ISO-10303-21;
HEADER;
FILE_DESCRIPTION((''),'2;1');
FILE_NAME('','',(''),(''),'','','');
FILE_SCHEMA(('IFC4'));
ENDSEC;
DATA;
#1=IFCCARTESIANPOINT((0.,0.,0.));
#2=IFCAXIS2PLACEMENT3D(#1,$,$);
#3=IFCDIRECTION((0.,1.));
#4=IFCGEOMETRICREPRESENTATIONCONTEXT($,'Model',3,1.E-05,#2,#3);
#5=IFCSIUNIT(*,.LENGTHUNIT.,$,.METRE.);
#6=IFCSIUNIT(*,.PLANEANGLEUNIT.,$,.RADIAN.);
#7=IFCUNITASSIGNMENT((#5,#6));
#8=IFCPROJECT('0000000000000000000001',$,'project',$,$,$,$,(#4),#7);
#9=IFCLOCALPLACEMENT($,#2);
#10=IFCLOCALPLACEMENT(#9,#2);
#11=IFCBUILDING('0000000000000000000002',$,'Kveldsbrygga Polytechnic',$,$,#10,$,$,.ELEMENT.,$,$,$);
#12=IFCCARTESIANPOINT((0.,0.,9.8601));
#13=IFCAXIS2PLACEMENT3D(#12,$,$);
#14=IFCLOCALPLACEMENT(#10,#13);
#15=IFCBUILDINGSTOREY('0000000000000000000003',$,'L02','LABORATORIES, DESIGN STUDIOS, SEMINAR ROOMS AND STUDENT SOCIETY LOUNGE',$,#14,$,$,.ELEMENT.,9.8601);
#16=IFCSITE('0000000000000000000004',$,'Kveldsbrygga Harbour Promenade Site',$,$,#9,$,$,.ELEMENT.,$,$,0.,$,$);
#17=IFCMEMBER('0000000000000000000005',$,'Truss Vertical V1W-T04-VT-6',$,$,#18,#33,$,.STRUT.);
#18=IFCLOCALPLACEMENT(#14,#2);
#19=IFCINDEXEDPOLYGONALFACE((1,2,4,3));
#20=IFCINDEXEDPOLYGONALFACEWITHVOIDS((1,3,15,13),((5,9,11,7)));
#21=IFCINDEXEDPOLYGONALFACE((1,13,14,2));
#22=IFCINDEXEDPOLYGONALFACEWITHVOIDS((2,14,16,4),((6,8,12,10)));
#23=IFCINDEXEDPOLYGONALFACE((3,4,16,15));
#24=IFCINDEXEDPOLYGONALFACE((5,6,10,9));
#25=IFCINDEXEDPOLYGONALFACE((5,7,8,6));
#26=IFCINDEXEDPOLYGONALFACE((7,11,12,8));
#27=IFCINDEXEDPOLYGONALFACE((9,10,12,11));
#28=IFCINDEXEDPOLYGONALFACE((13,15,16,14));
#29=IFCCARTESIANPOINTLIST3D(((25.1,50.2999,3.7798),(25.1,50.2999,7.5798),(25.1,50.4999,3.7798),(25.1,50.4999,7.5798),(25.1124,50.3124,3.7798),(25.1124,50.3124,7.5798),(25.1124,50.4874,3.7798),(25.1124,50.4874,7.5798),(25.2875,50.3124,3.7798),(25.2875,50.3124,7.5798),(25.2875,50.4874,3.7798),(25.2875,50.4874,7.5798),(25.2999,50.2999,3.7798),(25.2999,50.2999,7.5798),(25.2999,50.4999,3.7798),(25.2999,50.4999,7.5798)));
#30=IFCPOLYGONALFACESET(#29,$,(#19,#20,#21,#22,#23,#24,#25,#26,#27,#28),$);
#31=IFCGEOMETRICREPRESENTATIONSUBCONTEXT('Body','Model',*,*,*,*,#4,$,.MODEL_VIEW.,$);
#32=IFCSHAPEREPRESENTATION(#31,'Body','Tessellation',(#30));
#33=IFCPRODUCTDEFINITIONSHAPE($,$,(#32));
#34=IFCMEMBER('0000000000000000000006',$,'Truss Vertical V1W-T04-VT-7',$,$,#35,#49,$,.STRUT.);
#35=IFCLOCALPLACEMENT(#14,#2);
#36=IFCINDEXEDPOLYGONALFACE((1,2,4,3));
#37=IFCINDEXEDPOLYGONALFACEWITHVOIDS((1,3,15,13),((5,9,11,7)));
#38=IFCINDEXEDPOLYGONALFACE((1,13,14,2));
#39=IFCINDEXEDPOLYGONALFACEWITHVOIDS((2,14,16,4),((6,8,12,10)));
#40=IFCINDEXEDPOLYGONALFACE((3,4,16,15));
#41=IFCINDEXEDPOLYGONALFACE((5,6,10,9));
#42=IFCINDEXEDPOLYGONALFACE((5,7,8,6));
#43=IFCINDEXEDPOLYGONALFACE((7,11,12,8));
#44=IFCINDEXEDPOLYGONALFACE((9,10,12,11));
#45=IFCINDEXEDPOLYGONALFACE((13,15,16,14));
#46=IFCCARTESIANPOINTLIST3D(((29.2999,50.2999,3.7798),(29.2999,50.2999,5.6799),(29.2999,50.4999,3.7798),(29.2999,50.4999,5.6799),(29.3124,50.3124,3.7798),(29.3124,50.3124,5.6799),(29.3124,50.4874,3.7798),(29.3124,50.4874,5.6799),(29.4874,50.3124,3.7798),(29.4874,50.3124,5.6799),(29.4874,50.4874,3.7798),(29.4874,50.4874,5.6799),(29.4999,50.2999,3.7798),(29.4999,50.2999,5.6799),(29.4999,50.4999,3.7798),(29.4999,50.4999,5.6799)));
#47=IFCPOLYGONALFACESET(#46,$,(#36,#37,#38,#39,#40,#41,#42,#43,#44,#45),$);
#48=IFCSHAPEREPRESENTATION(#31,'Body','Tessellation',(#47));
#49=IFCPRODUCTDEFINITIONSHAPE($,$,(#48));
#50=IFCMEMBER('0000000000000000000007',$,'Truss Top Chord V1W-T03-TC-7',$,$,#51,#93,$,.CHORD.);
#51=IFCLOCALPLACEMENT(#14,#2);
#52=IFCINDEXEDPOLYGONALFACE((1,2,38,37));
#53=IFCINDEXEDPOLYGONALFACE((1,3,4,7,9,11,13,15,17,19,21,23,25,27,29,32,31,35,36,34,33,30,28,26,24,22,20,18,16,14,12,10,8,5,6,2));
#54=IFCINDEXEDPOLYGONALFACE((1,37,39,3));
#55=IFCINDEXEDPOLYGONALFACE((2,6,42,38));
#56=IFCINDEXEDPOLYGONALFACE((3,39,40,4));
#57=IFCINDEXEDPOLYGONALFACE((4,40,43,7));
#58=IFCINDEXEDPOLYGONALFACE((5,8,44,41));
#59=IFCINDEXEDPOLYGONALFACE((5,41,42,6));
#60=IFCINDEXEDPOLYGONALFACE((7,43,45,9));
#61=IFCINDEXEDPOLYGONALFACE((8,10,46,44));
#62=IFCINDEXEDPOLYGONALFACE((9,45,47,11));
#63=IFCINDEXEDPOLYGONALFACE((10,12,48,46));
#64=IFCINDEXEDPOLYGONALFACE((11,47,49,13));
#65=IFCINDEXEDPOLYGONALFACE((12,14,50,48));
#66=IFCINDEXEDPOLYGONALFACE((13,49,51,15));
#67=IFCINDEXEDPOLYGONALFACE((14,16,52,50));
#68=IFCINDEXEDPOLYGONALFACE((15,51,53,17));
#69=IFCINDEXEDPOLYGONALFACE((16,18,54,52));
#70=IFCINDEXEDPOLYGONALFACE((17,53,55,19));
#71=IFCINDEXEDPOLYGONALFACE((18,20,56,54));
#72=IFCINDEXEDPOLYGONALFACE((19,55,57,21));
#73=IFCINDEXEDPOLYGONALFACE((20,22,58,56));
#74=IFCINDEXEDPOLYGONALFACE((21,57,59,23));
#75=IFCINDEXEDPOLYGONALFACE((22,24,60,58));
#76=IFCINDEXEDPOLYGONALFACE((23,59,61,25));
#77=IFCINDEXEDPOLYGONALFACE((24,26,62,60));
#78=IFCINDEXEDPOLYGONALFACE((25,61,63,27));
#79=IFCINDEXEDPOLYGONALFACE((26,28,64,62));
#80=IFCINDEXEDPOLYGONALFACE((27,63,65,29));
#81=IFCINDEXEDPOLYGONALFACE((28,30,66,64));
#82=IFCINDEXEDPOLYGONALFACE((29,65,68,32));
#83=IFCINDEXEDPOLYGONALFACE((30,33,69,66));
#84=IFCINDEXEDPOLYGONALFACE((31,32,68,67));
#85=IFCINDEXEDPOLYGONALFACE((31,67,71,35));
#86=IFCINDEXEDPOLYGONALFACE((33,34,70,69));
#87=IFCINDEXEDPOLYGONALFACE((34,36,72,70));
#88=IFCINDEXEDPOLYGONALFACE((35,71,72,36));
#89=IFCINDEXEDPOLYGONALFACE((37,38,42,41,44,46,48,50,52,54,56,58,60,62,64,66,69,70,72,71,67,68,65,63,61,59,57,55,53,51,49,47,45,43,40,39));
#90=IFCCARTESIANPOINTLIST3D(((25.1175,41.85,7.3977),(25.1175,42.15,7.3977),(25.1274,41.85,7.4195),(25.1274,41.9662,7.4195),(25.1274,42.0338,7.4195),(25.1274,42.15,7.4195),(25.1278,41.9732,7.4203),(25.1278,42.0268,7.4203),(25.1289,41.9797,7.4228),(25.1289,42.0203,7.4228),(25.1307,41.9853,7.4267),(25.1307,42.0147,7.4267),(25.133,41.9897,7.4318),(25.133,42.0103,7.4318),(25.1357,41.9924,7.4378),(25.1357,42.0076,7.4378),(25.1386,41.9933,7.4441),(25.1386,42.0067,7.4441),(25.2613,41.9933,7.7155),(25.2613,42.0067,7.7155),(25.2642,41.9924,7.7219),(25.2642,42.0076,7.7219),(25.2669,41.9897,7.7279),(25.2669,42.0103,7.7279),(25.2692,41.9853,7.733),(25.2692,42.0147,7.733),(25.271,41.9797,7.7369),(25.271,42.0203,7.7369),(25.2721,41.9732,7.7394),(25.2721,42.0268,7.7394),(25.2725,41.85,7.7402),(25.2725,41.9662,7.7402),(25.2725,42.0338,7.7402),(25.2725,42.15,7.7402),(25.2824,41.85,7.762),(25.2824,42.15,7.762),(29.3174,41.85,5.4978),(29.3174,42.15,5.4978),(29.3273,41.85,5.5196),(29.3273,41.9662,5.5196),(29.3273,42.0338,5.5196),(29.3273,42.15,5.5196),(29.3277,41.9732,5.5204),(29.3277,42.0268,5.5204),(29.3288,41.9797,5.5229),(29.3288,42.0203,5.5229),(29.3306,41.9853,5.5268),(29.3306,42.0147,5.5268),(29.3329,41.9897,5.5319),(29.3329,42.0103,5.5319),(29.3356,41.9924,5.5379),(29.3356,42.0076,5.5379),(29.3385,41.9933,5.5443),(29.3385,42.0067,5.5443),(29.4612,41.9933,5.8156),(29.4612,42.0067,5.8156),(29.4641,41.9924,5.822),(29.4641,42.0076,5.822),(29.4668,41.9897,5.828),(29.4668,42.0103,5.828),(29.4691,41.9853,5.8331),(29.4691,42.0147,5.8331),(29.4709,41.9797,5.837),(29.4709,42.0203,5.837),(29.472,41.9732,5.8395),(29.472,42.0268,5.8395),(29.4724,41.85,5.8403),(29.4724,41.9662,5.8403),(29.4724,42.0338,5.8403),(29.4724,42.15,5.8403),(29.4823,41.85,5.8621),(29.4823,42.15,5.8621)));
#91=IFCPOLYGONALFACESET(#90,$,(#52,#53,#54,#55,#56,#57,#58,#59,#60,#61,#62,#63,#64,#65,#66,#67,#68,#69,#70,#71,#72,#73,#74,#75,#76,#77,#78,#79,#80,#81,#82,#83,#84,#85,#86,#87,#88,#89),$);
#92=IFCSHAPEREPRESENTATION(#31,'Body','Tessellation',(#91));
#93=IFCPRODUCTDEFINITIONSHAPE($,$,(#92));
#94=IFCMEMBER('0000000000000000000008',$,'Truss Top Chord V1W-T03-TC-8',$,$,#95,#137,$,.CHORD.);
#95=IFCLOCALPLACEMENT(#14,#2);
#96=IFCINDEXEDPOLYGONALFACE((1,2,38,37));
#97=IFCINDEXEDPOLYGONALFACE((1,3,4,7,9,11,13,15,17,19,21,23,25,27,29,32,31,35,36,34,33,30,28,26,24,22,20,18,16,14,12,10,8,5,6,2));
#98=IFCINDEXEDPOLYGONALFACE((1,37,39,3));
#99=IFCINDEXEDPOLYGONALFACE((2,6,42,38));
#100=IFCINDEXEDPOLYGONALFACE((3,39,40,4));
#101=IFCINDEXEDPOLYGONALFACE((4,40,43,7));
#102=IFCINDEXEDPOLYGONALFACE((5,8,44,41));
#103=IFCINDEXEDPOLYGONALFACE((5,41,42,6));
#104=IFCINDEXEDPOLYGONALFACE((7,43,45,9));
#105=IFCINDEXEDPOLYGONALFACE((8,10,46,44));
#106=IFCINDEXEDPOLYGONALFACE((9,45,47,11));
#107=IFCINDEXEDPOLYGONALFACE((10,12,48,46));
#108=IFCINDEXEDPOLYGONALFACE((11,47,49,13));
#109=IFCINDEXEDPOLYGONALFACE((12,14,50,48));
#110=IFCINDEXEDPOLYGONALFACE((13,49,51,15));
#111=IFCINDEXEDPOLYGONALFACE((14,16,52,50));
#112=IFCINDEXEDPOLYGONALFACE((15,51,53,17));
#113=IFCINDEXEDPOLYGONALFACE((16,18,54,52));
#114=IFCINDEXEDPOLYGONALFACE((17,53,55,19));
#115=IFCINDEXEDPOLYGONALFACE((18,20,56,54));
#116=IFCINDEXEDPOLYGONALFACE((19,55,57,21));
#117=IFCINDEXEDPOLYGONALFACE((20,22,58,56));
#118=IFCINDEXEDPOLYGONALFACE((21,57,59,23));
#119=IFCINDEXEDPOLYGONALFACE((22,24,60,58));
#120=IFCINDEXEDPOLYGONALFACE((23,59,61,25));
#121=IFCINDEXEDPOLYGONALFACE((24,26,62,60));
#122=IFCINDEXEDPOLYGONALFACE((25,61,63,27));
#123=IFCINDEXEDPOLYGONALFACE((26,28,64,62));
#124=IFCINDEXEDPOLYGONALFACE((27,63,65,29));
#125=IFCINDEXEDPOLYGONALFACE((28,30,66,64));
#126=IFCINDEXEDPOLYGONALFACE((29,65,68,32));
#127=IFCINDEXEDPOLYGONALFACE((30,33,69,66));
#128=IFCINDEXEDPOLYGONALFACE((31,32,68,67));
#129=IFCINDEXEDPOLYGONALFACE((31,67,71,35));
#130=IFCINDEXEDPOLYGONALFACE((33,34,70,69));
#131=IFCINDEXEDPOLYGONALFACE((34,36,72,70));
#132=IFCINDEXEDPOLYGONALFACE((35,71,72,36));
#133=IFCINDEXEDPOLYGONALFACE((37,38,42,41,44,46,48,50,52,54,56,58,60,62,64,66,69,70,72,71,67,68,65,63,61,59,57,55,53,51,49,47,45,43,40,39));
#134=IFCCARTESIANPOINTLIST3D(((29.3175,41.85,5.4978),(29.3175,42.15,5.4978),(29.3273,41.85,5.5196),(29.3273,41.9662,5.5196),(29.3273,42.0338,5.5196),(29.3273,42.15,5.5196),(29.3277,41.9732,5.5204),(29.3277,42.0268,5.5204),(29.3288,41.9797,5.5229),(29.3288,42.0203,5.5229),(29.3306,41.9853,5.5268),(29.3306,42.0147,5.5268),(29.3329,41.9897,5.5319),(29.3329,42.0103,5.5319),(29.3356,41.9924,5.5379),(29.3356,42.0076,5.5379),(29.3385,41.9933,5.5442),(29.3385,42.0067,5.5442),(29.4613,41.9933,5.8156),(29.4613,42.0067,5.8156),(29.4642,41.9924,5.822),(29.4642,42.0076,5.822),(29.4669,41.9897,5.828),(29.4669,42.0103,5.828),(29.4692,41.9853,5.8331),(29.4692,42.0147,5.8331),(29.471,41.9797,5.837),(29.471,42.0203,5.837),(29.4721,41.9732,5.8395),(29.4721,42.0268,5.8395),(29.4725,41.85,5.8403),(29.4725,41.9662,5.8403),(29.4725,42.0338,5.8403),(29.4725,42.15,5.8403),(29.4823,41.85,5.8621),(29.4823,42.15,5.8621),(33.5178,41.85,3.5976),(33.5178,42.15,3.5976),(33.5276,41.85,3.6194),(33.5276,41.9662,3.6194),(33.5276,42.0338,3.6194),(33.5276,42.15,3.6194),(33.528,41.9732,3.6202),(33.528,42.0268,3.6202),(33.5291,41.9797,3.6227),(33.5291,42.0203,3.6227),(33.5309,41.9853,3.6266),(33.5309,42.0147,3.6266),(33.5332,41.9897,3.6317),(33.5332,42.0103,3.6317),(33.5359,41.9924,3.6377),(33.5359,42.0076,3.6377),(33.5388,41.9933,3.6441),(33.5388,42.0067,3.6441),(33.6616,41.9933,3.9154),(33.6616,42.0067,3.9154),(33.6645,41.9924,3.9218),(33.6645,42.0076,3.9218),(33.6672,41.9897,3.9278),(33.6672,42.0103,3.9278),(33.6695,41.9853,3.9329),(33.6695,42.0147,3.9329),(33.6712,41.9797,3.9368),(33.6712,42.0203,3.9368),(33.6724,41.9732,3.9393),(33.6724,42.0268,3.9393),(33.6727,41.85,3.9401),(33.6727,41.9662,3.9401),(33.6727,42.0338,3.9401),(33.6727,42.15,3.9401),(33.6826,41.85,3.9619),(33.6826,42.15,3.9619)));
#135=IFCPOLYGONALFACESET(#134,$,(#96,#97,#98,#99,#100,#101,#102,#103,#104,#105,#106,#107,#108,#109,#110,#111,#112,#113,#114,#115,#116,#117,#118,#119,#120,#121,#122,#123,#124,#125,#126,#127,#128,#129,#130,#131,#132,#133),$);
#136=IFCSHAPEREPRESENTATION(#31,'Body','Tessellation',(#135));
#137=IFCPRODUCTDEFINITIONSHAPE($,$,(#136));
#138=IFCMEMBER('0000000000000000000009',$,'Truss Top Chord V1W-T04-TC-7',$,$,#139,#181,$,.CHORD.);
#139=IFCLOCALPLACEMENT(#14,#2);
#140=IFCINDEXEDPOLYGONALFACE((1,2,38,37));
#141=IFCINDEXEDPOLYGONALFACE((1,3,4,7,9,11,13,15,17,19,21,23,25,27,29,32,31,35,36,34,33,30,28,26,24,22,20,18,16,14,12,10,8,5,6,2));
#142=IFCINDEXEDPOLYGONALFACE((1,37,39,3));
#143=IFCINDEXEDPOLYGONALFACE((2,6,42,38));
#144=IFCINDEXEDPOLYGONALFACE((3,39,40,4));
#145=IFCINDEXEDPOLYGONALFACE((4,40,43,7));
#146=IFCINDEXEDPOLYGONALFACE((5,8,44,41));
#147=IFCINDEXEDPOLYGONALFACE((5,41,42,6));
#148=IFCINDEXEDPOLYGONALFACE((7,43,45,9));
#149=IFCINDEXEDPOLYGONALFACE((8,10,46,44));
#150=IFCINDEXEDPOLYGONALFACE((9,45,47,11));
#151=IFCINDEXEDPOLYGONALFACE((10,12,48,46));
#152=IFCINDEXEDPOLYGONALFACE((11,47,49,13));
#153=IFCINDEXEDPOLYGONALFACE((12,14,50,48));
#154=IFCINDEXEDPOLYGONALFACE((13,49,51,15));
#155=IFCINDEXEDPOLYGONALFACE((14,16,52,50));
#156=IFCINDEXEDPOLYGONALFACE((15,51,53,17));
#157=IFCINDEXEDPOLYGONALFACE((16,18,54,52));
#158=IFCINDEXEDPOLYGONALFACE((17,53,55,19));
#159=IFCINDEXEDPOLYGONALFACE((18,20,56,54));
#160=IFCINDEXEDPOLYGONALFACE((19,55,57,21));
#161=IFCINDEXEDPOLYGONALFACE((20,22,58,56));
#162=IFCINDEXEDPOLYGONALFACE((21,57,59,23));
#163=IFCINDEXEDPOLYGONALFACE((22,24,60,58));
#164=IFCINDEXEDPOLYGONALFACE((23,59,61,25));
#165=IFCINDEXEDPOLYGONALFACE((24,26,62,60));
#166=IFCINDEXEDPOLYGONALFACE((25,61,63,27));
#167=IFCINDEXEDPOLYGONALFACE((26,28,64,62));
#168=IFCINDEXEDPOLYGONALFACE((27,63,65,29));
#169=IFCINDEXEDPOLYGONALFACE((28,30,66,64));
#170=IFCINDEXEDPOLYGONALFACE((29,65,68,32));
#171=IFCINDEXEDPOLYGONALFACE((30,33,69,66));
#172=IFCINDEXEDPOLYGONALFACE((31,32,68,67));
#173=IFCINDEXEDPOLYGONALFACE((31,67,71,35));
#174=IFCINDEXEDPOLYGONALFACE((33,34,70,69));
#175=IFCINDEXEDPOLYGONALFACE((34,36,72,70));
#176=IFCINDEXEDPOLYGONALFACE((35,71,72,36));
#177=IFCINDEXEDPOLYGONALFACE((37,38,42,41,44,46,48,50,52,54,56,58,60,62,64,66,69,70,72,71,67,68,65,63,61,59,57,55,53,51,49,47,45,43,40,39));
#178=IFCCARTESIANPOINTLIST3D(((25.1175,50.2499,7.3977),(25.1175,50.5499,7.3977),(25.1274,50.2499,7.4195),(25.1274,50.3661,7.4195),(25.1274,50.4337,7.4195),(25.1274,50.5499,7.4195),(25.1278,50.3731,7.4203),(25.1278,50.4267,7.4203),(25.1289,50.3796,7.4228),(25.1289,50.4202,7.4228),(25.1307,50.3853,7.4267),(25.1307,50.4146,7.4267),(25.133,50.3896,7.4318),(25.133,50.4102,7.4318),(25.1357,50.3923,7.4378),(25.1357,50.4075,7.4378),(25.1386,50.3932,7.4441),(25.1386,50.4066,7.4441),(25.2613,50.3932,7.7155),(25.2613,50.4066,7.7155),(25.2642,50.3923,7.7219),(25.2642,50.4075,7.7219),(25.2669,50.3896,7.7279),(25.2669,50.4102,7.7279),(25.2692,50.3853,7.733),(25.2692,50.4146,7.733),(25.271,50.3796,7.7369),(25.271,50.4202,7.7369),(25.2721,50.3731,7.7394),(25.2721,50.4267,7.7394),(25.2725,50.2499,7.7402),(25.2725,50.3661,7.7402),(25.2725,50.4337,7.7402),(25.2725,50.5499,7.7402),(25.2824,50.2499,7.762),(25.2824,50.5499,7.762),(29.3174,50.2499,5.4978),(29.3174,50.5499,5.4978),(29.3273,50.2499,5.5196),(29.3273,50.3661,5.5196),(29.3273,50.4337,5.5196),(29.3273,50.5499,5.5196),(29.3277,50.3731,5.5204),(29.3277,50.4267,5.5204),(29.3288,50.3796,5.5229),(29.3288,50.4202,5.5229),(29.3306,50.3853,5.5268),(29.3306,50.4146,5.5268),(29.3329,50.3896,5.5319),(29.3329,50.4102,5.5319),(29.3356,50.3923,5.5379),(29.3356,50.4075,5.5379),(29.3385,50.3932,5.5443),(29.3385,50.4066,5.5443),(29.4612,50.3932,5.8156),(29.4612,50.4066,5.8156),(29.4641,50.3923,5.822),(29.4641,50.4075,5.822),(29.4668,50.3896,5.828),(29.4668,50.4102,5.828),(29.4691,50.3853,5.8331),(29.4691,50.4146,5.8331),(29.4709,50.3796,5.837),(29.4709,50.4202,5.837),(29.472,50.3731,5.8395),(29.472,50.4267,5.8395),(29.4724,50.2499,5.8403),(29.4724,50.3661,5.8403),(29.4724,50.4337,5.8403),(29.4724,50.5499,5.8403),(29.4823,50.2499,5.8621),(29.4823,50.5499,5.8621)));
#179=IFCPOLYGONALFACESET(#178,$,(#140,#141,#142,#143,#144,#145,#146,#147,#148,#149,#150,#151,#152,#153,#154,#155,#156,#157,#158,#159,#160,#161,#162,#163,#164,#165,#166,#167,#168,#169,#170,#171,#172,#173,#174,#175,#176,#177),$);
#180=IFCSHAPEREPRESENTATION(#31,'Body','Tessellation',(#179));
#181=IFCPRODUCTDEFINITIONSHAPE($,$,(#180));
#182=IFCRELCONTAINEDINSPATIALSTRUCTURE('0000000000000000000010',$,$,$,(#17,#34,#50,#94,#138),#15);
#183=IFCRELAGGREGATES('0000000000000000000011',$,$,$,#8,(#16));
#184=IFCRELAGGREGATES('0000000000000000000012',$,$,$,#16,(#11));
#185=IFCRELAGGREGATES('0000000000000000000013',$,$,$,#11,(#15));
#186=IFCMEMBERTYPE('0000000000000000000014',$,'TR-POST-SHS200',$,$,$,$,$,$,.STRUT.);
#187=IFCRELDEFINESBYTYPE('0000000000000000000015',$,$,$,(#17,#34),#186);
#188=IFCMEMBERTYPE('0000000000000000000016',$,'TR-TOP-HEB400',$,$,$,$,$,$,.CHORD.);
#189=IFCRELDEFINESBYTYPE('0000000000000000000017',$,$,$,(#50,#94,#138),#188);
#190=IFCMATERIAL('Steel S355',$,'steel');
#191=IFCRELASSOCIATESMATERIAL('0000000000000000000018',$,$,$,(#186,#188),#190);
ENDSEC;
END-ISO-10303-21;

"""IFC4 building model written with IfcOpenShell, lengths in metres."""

from ifc_helpers import new_model, si_unit, direction, frame, origin, origin_2d, place, context, subcontext, project, spatial, hollow_rectangle, i_section, extrude, material, material_profile, profile_set, type_object, element, save


model = new_model("IFC4")

# Units and contexts
model_context = context("Model", 3, precision=1e-05, world=origin(), true_north=direction((0.0, 1.0)))
body_context = subcontext(model_context, "Body", "Model", "MODEL_VIEW")
ifc_project = project(units=[si_unit("LENGTHUNIT", "METRE"), si_unit("PLANEANGLEUNIT", "RADIAN")], contexts=[model_context])

# Site, building, storey
site_placement = place(None, origin())
site = spatial("IfcSite", under=ifc_project, at=site_placement, Name="Kveldsbrygga Harbour Promenade Site", CompositionType="ELEMENT", RefElevation=0.0)
building_placement = place(site_placement, origin())
building = spatial("IfcBuilding", under=site, at=building_placement, Name="Kveldsbrygga Polytechnic", CompositionType="ELEMENT")
storey_placement = place(building_placement, frame((0.0, 0.0, 9.8601)))
storey = spatial("IfcBuildingStorey", under=building, at=storey_placement, Name="L02", Description="LABORATORIES, DESIGN STUDIOS, SEMINAR ROOMS AND STUDENT SOCIETY LOUNGE", CompositionType="ELEMENT", Elevation=9.8601)

# Members
ifc_material = material(Name="Steel S355", Category="steel")
ifc_material_profile_1 = material_profile(ifc_material, hollow_rectangle(XDim=0.2, YDim=0.2, WallThickness=0.0125, at=origin_2d()), Name="SHS 200x200x12.5")
ifc_profile_set_1 = profile_set([ifc_material_profile_1], Name="Steel S355")
member_type_1 = type_object("IfcMemberType", Name="TR-POST-SHS200", PredefinedType="STRUT", material=ifc_profile_set_1)
member_1_placement = place(storey_placement, frame((25.2, 50.3999, 3.7798), z_axis=(0.0, 0.0, 1.0), x_axis=(1.0, 0.0, 0.0)))
element("IfcMember", 1, at=member_1_placement, inside=storey, type_object=member_type_1, Name="Truss Vertical V1W-T04-VT-6", PredefinedType="STRUT", context=body_context, shape_type="SweptSolid", body=[
    extrude(hollow_rectangle(XDim=0.2, YDim=0.2, WallThickness=0.0125, at=origin_2d()), origin(), (0.0, 0.0, 1.0), 3.8),
])
member_2_placement = place(storey_placement, frame((29.3999, 50.3999, 3.7798), z_axis=(0.0, 0.0, 1.0), x_axis=(1.0, 0.0, 0.0)))
element("IfcMember", 2, at=member_2_placement, inside=storey, type_object=member_type_1, Name="Truss Vertical V1W-T04-VT-7", PredefinedType="STRUT", context=body_context, shape_type="SweptSolid", body=[
    extrude(hollow_rectangle(XDim=0.2, YDim=0.2, WallThickness=0.0125, at=origin_2d()), origin(), (0.0, 0.0, 1.0), 1.9001),
])
ifc_material_profile_2 = material_profile(ifc_material, i_section(OverallWidth=0.3, OverallDepth=0.3999, WebThickness=0.0134, FlangeThickness=0.0239, FilletRadius=0.0271, at=origin_2d()), Name="HEB 400")
ifc_profile_set_2 = profile_set([ifc_material_profile_2], Name="Steel S355")
member_type_2 = type_object("IfcMemberType", Name="TR-TOP-HEB400", PredefinedType="CHORD", material=ifc_profile_set_2)
member_3_placement = place(storey_placement, frame((25.2, 42.0, 7.5798), z_axis=(0.911114, 0.0, -0.412154), x_axis=(0.0, 1.0, 0.0)))
element("IfcMember", 3, at=member_3_placement, inside=storey, type_object=member_type_2, Name="Truss Top Chord V1W-T03-TC-7", PredefinedType="CHORD", context=body_context, shape_type="SweptSolid", body=[
    extrude(i_section(OverallWidth=0.3, OverallDepth=0.3999, WebThickness=0.0134, FlangeThickness=0.0239, FilletRadius=0.0271, at=origin_2d()), origin(), (0.0, 0.0, 1.0), 4.6096),
])
member_4_placement = place(storey_placement, frame((29.3999, 42.0, 5.6799), z_axis=(0.911103, 0.0, -0.412178), x_axis=(0.0, 1.0, 0.0)))
element("IfcMember", 4, at=member_4_placement, inside=storey, type_object=member_type_2, Name="Truss Top Chord V1W-T03-TC-8", PredefinedType="CHORD", context=body_context, shape_type="SweptSolid", body=[
    extrude(i_section(OverallWidth=0.3, OverallDepth=0.3999, WebThickness=0.0134, FlangeThickness=0.0239, FilletRadius=0.0271, at=origin_2d()), origin(), (0.0, 0.0, 1.0), 4.6101),
])
member_5_placement = place(storey_placement, frame((25.2, 50.3999, 7.5798), z_axis=(0.911114, 0.0, -0.412154), x_axis=(0.0, 1.0, 0.0)))
element("IfcMember", 5, at=member_5_placement, inside=storey, type_object=member_type_2, Name="Truss Top Chord V1W-T04-TC-7", PredefinedType="CHORD", context=body_context, shape_type="SweptSolid", body=[
    extrude(i_section(OverallWidth=0.3, OverallDepth=0.3999, WebThickness=0.0134, FlangeThickness=0.0239, FilletRadius=0.0271, at=origin_2d()), origin(), (0.0, 0.0, 1.0), 4.6096),
])

save(model, "model.ifc")
